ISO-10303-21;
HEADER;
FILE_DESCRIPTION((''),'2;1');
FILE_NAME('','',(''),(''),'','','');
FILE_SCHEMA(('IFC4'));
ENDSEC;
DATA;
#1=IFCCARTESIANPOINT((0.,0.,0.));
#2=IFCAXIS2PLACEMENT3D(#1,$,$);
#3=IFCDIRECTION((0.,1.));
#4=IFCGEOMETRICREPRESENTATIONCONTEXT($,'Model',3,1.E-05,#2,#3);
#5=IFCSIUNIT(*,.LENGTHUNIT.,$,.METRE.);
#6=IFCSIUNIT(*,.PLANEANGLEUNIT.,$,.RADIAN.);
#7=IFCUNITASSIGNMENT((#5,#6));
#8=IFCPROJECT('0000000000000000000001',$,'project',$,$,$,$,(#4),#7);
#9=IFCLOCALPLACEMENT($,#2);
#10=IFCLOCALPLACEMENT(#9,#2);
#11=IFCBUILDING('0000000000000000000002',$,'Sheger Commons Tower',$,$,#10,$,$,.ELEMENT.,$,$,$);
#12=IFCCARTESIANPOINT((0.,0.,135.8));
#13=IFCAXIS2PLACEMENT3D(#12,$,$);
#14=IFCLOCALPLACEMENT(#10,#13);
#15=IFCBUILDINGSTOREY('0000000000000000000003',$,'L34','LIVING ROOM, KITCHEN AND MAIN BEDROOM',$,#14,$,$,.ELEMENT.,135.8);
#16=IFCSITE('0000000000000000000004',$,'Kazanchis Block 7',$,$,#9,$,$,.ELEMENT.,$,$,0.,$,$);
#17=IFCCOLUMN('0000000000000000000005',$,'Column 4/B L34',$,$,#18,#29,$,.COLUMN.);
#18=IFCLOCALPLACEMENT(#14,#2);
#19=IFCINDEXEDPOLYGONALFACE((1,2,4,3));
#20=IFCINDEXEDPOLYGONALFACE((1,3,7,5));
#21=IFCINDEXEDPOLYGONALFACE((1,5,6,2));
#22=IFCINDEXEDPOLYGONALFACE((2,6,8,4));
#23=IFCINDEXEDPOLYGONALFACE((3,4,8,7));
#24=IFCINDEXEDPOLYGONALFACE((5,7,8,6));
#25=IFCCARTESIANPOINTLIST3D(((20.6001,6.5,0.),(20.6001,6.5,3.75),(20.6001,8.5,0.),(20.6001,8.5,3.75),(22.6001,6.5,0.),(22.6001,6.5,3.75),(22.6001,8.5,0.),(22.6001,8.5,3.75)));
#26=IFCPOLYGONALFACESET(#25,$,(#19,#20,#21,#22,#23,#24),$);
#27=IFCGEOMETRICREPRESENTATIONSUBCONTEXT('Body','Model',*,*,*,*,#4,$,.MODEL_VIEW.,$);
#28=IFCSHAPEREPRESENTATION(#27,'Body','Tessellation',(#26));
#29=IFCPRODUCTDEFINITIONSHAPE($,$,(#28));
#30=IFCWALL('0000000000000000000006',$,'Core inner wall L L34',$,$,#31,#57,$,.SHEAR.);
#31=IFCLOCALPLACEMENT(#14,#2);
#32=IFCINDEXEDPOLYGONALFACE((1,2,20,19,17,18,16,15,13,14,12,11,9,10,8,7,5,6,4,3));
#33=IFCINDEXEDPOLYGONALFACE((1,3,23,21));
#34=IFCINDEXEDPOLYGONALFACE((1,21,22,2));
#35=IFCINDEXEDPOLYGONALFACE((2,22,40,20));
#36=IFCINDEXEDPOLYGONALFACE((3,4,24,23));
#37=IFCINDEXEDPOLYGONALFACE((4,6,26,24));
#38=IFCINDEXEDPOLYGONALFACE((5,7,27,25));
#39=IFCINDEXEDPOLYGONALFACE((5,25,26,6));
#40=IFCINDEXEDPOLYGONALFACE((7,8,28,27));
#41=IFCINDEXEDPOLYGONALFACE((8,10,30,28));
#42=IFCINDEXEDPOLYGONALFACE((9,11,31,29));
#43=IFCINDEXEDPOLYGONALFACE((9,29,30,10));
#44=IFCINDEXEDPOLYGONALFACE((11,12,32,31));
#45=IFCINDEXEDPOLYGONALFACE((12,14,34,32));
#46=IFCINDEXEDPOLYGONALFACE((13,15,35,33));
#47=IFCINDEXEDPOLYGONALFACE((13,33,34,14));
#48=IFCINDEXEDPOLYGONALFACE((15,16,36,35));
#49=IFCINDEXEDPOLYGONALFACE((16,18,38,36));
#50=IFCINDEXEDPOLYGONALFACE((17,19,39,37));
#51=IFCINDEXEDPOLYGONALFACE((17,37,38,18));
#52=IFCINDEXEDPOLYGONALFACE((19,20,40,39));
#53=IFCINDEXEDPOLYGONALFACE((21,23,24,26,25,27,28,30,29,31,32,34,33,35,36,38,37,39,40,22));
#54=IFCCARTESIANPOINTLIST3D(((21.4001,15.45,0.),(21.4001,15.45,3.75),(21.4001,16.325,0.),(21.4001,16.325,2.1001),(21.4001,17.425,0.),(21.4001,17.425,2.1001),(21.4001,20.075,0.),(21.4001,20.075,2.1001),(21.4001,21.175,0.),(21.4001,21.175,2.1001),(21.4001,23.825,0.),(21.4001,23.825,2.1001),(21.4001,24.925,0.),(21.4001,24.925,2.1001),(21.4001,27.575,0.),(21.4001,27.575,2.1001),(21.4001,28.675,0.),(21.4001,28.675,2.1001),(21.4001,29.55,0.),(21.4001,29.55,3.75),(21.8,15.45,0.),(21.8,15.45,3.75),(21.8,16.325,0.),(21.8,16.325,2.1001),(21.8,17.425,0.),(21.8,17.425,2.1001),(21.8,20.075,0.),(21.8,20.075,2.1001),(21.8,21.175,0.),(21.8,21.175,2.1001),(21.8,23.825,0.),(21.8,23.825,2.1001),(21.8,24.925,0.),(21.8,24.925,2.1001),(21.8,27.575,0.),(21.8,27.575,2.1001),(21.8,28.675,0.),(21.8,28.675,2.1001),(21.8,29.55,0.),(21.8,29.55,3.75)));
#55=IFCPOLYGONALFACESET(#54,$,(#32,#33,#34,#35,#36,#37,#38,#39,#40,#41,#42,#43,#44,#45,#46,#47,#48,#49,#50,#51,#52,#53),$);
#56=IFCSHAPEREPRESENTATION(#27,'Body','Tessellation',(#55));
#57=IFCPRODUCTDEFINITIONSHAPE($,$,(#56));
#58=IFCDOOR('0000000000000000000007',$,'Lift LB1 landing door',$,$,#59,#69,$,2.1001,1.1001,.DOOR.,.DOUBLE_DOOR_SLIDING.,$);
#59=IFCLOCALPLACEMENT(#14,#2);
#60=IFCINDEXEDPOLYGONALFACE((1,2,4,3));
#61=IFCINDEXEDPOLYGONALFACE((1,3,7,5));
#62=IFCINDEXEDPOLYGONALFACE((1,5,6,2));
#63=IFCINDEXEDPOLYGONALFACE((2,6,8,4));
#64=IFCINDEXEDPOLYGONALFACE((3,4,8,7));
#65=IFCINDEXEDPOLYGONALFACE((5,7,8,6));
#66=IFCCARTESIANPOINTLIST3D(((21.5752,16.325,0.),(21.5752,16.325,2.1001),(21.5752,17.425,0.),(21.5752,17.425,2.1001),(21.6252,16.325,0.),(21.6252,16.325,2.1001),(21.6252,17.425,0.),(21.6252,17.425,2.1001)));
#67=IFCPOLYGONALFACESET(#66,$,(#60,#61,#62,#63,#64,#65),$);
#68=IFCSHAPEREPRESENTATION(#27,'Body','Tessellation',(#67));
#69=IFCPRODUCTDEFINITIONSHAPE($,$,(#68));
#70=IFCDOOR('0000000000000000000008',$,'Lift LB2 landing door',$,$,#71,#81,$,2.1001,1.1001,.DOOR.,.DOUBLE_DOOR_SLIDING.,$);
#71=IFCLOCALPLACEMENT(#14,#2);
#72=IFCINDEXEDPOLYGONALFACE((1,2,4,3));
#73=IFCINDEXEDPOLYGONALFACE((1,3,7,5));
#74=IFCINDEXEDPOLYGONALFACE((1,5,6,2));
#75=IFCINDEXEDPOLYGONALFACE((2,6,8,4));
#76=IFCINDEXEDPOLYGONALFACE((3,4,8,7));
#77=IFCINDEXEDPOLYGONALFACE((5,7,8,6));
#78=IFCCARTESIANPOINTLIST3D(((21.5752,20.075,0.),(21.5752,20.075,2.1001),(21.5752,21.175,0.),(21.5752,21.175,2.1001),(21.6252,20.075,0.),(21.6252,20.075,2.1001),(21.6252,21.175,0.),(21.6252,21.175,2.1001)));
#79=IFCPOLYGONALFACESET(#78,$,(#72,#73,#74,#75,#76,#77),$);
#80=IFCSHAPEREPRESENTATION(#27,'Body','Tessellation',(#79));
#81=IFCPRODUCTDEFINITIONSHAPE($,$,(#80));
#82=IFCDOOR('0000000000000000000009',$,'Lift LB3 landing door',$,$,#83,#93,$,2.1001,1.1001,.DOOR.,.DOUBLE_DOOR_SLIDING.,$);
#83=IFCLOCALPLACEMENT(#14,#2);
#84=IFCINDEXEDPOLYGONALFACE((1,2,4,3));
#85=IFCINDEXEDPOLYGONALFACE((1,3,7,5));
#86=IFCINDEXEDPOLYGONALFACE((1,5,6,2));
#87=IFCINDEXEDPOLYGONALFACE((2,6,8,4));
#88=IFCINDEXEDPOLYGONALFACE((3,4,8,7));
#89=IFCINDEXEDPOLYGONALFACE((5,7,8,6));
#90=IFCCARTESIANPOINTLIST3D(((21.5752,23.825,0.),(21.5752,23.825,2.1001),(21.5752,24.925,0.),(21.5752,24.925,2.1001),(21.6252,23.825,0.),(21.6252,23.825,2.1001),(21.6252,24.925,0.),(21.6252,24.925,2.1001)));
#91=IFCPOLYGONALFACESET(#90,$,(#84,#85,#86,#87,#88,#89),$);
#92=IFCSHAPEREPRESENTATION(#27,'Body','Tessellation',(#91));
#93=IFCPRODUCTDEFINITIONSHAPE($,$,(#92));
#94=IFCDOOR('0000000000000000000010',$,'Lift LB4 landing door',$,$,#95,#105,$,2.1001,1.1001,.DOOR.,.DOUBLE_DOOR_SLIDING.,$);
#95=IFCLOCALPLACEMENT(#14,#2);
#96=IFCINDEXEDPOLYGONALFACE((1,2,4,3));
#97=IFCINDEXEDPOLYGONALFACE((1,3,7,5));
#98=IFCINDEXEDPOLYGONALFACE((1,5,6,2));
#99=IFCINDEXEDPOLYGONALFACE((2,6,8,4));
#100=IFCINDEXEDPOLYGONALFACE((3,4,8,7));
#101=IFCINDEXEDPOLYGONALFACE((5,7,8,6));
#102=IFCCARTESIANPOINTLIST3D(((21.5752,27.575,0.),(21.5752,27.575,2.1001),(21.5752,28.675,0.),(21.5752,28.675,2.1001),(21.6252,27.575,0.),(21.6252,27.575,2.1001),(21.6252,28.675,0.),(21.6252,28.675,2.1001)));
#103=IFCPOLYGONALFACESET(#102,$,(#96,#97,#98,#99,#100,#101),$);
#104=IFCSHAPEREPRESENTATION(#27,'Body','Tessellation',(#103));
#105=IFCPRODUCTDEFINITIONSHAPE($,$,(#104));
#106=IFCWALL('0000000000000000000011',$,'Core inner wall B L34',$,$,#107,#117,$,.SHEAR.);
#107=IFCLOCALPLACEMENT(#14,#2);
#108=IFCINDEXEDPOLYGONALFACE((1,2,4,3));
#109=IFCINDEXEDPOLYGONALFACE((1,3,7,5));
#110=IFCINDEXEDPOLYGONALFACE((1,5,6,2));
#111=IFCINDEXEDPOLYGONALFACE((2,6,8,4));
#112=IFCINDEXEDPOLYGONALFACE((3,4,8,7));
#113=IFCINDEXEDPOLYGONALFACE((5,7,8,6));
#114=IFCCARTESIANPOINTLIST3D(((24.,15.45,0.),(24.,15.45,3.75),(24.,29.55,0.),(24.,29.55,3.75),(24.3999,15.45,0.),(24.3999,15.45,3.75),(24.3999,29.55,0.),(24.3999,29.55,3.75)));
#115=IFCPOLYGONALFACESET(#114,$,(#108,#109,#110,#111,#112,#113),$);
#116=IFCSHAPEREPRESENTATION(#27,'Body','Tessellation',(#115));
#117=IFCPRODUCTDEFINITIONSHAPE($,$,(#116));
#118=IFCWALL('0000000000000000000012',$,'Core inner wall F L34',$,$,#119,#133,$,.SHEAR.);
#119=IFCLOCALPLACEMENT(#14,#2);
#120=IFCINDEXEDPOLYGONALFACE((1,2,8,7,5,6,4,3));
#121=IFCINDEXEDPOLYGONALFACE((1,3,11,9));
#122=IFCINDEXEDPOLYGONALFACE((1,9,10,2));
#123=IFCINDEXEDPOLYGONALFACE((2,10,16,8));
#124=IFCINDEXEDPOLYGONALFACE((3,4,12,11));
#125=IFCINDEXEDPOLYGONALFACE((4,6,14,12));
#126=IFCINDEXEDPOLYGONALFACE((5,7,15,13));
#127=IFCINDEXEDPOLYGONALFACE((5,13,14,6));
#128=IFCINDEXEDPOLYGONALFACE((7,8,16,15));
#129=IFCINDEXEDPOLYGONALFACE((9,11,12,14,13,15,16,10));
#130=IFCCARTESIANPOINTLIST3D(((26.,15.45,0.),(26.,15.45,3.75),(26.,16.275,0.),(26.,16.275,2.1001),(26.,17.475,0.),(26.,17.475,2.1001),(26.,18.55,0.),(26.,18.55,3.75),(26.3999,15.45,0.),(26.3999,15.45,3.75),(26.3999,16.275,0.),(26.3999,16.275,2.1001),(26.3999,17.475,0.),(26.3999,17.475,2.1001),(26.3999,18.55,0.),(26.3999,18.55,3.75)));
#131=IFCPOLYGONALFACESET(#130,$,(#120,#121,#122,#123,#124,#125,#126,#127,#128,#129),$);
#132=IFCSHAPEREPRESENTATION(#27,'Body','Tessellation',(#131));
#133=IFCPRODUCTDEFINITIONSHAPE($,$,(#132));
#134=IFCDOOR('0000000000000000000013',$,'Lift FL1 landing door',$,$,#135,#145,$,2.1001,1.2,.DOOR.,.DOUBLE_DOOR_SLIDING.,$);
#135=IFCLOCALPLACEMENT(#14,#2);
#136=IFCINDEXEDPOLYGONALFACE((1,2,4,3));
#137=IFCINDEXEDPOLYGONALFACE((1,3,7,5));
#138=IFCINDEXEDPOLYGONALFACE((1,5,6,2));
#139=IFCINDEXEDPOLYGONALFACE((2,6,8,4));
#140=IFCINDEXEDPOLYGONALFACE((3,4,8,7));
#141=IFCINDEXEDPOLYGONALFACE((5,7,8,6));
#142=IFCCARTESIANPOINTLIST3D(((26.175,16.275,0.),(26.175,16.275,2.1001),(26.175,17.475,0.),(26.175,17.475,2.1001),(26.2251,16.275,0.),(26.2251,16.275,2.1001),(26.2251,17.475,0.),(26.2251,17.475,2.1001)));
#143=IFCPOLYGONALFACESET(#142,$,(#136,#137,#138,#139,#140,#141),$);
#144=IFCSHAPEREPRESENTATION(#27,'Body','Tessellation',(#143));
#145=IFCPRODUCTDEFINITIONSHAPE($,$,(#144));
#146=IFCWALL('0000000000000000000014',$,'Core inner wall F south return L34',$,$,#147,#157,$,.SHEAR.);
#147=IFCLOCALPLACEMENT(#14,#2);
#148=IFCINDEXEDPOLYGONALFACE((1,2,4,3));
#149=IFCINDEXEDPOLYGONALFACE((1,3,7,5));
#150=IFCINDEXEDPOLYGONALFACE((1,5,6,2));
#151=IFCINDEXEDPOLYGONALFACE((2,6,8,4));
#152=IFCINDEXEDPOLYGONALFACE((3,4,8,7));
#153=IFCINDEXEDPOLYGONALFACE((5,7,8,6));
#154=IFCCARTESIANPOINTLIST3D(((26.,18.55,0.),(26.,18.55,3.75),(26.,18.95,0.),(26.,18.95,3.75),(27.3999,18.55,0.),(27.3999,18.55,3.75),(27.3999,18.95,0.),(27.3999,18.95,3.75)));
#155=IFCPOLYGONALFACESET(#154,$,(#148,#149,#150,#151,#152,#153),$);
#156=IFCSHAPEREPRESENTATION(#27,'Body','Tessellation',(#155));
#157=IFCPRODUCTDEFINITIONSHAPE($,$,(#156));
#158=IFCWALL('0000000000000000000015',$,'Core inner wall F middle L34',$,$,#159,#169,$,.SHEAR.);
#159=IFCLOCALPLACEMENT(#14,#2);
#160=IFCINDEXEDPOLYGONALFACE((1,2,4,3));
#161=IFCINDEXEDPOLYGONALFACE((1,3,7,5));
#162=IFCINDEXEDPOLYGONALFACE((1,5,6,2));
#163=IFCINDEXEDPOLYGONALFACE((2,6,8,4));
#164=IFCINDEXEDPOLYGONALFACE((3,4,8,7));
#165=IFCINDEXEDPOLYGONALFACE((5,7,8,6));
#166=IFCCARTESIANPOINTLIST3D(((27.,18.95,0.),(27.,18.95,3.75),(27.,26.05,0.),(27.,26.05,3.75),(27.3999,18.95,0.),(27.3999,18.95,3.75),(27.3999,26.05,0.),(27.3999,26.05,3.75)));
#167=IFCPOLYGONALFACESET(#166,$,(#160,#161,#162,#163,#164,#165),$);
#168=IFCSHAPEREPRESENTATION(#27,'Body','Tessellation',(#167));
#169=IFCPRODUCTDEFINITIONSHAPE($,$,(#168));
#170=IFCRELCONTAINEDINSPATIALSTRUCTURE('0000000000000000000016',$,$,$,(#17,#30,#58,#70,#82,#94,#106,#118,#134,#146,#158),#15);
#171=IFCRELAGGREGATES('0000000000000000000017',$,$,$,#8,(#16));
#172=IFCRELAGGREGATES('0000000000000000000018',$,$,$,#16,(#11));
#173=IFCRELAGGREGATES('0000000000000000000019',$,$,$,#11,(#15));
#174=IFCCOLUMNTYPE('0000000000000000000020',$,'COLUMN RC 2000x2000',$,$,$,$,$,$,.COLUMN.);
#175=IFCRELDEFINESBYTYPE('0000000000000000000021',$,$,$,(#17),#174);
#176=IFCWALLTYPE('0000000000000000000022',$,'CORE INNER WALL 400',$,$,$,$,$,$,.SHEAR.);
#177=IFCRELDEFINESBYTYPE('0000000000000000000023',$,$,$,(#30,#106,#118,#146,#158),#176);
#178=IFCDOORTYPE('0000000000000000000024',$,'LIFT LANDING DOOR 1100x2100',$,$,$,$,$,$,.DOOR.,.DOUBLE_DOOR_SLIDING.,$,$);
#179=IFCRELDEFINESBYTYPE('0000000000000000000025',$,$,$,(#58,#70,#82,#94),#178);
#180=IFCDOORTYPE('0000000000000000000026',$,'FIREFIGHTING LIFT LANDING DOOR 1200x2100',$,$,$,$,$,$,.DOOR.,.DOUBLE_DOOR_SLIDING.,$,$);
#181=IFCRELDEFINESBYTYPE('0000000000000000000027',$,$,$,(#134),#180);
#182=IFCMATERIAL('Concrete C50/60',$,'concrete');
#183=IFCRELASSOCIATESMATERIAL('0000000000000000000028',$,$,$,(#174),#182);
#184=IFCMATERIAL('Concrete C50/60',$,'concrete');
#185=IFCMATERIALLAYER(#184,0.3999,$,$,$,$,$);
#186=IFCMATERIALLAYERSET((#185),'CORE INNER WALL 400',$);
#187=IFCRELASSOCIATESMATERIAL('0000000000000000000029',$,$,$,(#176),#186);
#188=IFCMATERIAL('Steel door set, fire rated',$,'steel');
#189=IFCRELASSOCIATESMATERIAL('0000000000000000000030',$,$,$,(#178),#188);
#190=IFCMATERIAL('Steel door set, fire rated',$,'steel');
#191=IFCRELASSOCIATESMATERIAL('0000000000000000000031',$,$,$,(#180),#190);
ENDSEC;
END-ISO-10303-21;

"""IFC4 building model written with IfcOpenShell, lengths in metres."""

from ifc_helpers import new_model, si_unit, direction, frame, frame_2d, origin, origin_2d, place, context, subcontext, project, spatial, rectangle, extrude, material, layer, layer_set, material_profile, profile_set, type_object, element, fill, save


model = new_model("IFC4")

# Units and contexts
model_context = context("Model", 3, precision=1e-05, world=origin(), true_north=direction((0.0, 1.0)))
body_context = subcontext(model_context, "Body", "Model", "MODEL_VIEW")
ifc_project = project(units=[si_unit("LENGTHUNIT", "METRE"), si_unit("PLANEANGLEUNIT", "RADIAN")], contexts=[model_context])

# Site, building, storey
site_placement = place(None, origin())
site = spatial("IfcSite", under=ifc_project, at=site_placement, Name="Kazanchis Block 7", CompositionType="ELEMENT", RefElevation=0.0)
building_placement = place(site_placement, origin())
building = spatial("IfcBuilding", under=site, at=building_placement, Name="Sheger Commons Tower", CompositionType="ELEMENT")
storey_placement = place(building_placement, frame((0.0, 0.0, 135.8)))
storey = spatial("IfcBuildingStorey", under=building, at=storey_placement, Name="L34", Description="LIVING ROOM, KITCHEN AND MAIN BEDROOM", CompositionType="ELEMENT", Elevation=135.8)

# Column
ifc_material_1 = material(Name="Concrete C50/60", Category="concrete")
ifc_material_profile = material_profile(ifc_material_1, rectangle(XDim=2.0, YDim=2.0, at=origin_2d()), Name="RC 2000x2000")
ifc_profile_set = profile_set([ifc_material_profile], Name="Concrete C50/60")
column_type = type_object("IfcColumnType", Name="COLUMN RC 2000x2000", PredefinedType="COLUMN", material=ifc_profile_set)
column_placement = place(storey_placement, frame((21.6001, 7.5, 0.0), z_axis=(0.0, 0.0, 1.0), x_axis=(1.0, 0.0, 0.0)))
element("IfcColumn", 1, at=column_placement, inside=storey, type_object=column_type, Name="Column 4/B L34", PredefinedType="COLUMN", context=body_context, shape_type="SweptSolid", body=[
    extrude(rectangle(XDim=2.0, YDim=2.0, at=origin_2d()), origin(), (0.0, 0.0, 1.0), 3.75),
])

# Wall, openings, doors
ifc_material_2 = material(Name="Concrete C50/60", Category="concrete")
ifc_layer_1 = layer(ifc_material_2, 0.3999)
ifc_layer_set_1 = layer_set([ifc_layer_1], Name="CORE INNER WALL 400")
wall_type_1 = type_object("IfcWallType", Name="CORE INNER WALL 400", PredefinedType="SHEAR", material=ifc_layer_set_1)
wall_1_placement = place(storey_placement, frame((21.6001, 15.45, 0.0), z_axis=(0.0, 0.0, 1.0), x_axis=(0.0, 1.0, 0.0)))
wall_1 = element("IfcWall", 2, at=wall_1_placement, inside=storey, type_object=wall_type_1, Name="Core inner wall L L34", PredefinedType="SHEAR", context=body_context, shape_type="SweptSolid", body=[
    extrude(rectangle(XDim=14.1001, YDim=0.3999, at=frame_2d((7.05, 0.0))), origin(), (0.0, 0.0, 1.0), 3.75),
])
opening_1_placement = place(wall_1_placement, frame((0.875, 0.0, 0.0)))
opening_1 = element("IfcOpeningElement", 3, at=opening_1_placement, cuts=wall_1, PredefinedType="OPENING", context=body_context, shape_type="SweptSolid", body=[
    extrude(rectangle(XDim=1.1001, YDim=2.1001, at=frame_2d((0.55, 1.05))), frame((0.0, 0.21, 0.0), z_axis=(0.0, -1.0, 0.0), x_axis=(1.0, 0.0, 0.0)), (0.0, 0.0, 1.0), 0.4199),
])
opening_2_placement = place(wall_1_placement, frame((4.625, 0.0, 0.0)))
opening_2 = element("IfcOpeningElement", 4, at=opening_2_placement, cuts=wall_1, PredefinedType="OPENING", context=body_context, shape_type="SweptSolid", body=[
    extrude(rectangle(XDim=1.1001, YDim=2.1001, at=frame_2d((0.55, 1.05))), frame((0.0, 0.21, 0.0), z_axis=(0.0, -1.0, 0.0), x_axis=(1.0, 0.0, 0.0)), (0.0, 0.0, 1.0), 0.4199),
])
opening_3_placement = place(wall_1_placement, frame((8.375, 0.0, 0.0)))
opening_3 = element("IfcOpeningElement", 5, at=opening_3_placement, cuts=wall_1, PredefinedType="OPENING", context=body_context, shape_type="SweptSolid", body=[
    extrude(rectangle(XDim=1.1001, YDim=2.1001, at=frame_2d((0.55, 1.05))), frame((0.0, 0.21, 0.0), z_axis=(0.0, -1.0, 0.0), x_axis=(1.0, 0.0, 0.0)), (0.0, 0.0, 1.0), 0.4199),
])
opening_4_placement = place(wall_1_placement, frame((12.125, 0.0, 0.0)))
opening_4 = element("IfcOpeningElement", 6, at=opening_4_placement, cuts=wall_1, PredefinedType="OPENING", context=body_context, shape_type="SweptSolid", body=[
    extrude(rectangle(XDim=1.1001, YDim=2.1001, at=frame_2d((0.55, 1.05))), frame((0.0, 0.21, 0.0), z_axis=(0.0, -1.0, 0.0), x_axis=(1.0, 0.0, 0.0)), (0.0, 0.0, 1.0), 0.4199),
])
ifc_material_3 = material(Name="Steel door set, fire rated", Category="steel")
door_type_1 = type_object("IfcDoorType", Name="LIFT LANDING DOOR 1100x2100", OperationType="DOUBLE_DOOR_SLIDING", PredefinedType="DOOR", material=ifc_material_3)
door_1_placement = place(opening_1_placement, origin())
door_1 = element("IfcDoor", 7, at=door_1_placement, inside=storey, type_object=door_type_1, Name="Lift LB1 landing door", OperationType="DOUBLE_DOOR_SLIDING", OverallHeight=2.1001, OverallWidth=1.1001, PredefinedType="DOOR", context=body_context, shape_type="SweptSolid", body=[
    extrude(rectangle(XDim=1.1001, YDim=2.1001, at=frame_2d((0.55, 1.05))), frame((0.0, 0.0249, 0.0), z_axis=(0.0, -1.0, 0.0), x_axis=(1.0, 0.0, 0.0)), (0.0, 0.0, 1.0), 0.05),
])
fill(opening_1, door_1)
door_2_placement = place(opening_2_placement, origin())
door_2 = element("IfcDoor", 8, at=door_2_placement, inside=storey, type_object=door_type_1, Name="Lift LB2 landing door", OperationType="DOUBLE_DOOR_SLIDING", OverallHeight=2.1001, OverallWidth=1.1001, PredefinedType="DOOR", context=body_context, shape_type="SweptSolid", body=[
    extrude(rectangle(XDim=1.1001, YDim=2.1001, at=frame_2d((0.55, 1.05))), frame((0.0, 0.0249, 0.0), z_axis=(0.0, -1.0, 0.0), x_axis=(1.0, 0.0, 0.0)), (0.0, 0.0, 1.0), 0.05),
])
fill(opening_2, door_2)
door_3_placement = place(opening_3_placement, origin())
door_3 = element("IfcDoor", 9, at=door_3_placement, inside=storey, type_object=door_type_1, Name="Lift LB3 landing door", OperationType="DOUBLE_DOOR_SLIDING", OverallHeight=2.1001, OverallWidth=1.1001, PredefinedType="DOOR", context=body_context, shape_type="SweptSolid", body=[
    extrude(rectangle(XDim=1.1001, YDim=2.1001, at=frame_2d((0.55, 1.05))), frame((0.0, 0.0249, 0.0), z_axis=(0.0, -1.0, 0.0), x_axis=(1.0, 0.0, 0.0)), (0.0, 0.0, 1.0), 0.05),
])
fill(opening_3, door_3)
door_4_placement = place(opening_4_placement, origin())
door_4 = element("IfcDoor", 10, at=door_4_placement, inside=storey, type_object=door_type_1, Name="Lift LB4 landing door", OperationType="DOUBLE_DOOR_SLIDING", OverallHeight=2.1001, OverallWidth=1.1001, PredefinedType="DOOR", context=body_context, shape_type="SweptSolid", body=[
    extrude(rectangle(XDim=1.1001, YDim=2.1001, at=frame_2d((0.55, 1.05))), frame((0.0, 0.0249, 0.0), z_axis=(0.0, -1.0, 0.0), x_axis=(1.0, 0.0, 0.0)), (0.0, 0.0, 1.0), 0.05),
])
fill(opening_4, door_4)

# Wall
wall_2_placement = place(storey_placement, frame((24.2, 15.45, 0.0), z_axis=(0.0, 0.0, 1.0), x_axis=(0.0, 1.0, 0.0)))
element("IfcWall", 11, at=wall_2_placement, inside=storey, type_object=wall_type_1, Name="Core inner wall B L34", PredefinedType="SHEAR", context=body_context, shape_type="SweptSolid", body=[
    extrude(rectangle(XDim=14.1001, YDim=0.3999, at=frame_2d((7.05, 0.0))), origin(), (0.0, 0.0, 1.0), 3.75),
])

# Wall, opening, door
wall_3_placement = place(storey_placement, frame((26.2, 15.45, 0.0), z_axis=(0.0, 0.0, 1.0), x_axis=(0.0, 1.0, 0.0)))
wall_3 = element("IfcWall", 12, at=wall_3_placement, inside=storey, type_object=wall_type_1, Name="Core inner wall F L34", PredefinedType="SHEAR", context=body_context, shape_type="SweptSolid", body=[
    extrude(rectangle(XDim=3.1001, YDim=0.3999, at=frame_2d((1.55, 0.0))), origin(), (0.0, 0.0, 1.0), 3.75),
])
opening_5_placement = place(wall_3_placement, frame((0.825, 0.0, 0.0)))
opening_5 = element("IfcOpeningElement", 13, at=opening_5_placement, cuts=wall_3, PredefinedType="OPENING", context=body_context, shape_type="SweptSolid", body=[
    extrude(rectangle(XDim=1.2, YDim=2.1001, at=frame_2d((0.6001, 1.05))), frame((0.0, 0.21, 0.0), z_axis=(0.0, -1.0, 0.0), x_axis=(1.0, 0.0, 0.0)), (0.0, 0.0, 1.0), 0.4199),
])
ifc_material_4 = material(Name="Steel door set, fire rated", Category="steel")
door_type_2 = type_object("IfcDoorType", Name="FIREFIGHTING LIFT LANDING DOOR 1200x2100", OperationType="DOUBLE_DOOR_SLIDING", PredefinedType="DOOR", material=ifc_material_4)
door_5_placement = place(opening_5_placement, origin())
door_5 = element("IfcDoor", 14, at=door_5_placement, inside=storey, type_object=door_type_2, Name="Lift FL1 landing door", OperationType="DOUBLE_DOOR_SLIDING", OverallHeight=2.1001, OverallWidth=1.2, PredefinedType="DOOR", context=body_context, shape_type="SweptSolid", body=[
    extrude(rectangle(XDim=1.2, YDim=2.1001, at=frame_2d((0.6001, 1.05))), frame((0.0, 0.0249, 0.0), z_axis=(0.0, -1.0, 0.0), x_axis=(1.0, 0.0, 0.0)), (0.0, 0.0, 1.0), 0.05),
])
fill(opening_5, door_5)

# Walls
wall_4_placement = place(storey_placement, frame((26.0, 18.75, 0.0), z_axis=(0.0, 0.0, 1.0), x_axis=(1.0, 0.0, 0.0)))
element("IfcWall", 15, at=wall_4_placement, inside=storey, type_object=wall_type_1, Name="Core inner wall F south return L34", PredefinedType="SHEAR", context=body_context, shape_type="SweptSolid", body=[
    extrude(rectangle(XDim=1.3999, YDim=0.3999, at=frame_2d((0.7, 0.0))), origin(), (0.0, 0.0, 1.0), 3.75),
])
wall_5_placement = place(storey_placement, frame((27.2, 18.95, 0.0), z_axis=(0.0, 0.0, 1.0), x_axis=(0.0, 1.0, 0.0)))
element("IfcWall", 16, at=wall_5_placement, inside=storey, type_object=wall_type_1, Name="Core inner wall F middle L34", PredefinedType="SHEAR", context=body_context, shape_type="SweptSolid", body=[
    extrude(rectangle(XDim=7.1001, YDim=0.3999, at=frame_2d((3.55, 0.0))), origin(), (0.0, 0.0, 1.0), 3.75),
])

save(model, "model.ifc")
